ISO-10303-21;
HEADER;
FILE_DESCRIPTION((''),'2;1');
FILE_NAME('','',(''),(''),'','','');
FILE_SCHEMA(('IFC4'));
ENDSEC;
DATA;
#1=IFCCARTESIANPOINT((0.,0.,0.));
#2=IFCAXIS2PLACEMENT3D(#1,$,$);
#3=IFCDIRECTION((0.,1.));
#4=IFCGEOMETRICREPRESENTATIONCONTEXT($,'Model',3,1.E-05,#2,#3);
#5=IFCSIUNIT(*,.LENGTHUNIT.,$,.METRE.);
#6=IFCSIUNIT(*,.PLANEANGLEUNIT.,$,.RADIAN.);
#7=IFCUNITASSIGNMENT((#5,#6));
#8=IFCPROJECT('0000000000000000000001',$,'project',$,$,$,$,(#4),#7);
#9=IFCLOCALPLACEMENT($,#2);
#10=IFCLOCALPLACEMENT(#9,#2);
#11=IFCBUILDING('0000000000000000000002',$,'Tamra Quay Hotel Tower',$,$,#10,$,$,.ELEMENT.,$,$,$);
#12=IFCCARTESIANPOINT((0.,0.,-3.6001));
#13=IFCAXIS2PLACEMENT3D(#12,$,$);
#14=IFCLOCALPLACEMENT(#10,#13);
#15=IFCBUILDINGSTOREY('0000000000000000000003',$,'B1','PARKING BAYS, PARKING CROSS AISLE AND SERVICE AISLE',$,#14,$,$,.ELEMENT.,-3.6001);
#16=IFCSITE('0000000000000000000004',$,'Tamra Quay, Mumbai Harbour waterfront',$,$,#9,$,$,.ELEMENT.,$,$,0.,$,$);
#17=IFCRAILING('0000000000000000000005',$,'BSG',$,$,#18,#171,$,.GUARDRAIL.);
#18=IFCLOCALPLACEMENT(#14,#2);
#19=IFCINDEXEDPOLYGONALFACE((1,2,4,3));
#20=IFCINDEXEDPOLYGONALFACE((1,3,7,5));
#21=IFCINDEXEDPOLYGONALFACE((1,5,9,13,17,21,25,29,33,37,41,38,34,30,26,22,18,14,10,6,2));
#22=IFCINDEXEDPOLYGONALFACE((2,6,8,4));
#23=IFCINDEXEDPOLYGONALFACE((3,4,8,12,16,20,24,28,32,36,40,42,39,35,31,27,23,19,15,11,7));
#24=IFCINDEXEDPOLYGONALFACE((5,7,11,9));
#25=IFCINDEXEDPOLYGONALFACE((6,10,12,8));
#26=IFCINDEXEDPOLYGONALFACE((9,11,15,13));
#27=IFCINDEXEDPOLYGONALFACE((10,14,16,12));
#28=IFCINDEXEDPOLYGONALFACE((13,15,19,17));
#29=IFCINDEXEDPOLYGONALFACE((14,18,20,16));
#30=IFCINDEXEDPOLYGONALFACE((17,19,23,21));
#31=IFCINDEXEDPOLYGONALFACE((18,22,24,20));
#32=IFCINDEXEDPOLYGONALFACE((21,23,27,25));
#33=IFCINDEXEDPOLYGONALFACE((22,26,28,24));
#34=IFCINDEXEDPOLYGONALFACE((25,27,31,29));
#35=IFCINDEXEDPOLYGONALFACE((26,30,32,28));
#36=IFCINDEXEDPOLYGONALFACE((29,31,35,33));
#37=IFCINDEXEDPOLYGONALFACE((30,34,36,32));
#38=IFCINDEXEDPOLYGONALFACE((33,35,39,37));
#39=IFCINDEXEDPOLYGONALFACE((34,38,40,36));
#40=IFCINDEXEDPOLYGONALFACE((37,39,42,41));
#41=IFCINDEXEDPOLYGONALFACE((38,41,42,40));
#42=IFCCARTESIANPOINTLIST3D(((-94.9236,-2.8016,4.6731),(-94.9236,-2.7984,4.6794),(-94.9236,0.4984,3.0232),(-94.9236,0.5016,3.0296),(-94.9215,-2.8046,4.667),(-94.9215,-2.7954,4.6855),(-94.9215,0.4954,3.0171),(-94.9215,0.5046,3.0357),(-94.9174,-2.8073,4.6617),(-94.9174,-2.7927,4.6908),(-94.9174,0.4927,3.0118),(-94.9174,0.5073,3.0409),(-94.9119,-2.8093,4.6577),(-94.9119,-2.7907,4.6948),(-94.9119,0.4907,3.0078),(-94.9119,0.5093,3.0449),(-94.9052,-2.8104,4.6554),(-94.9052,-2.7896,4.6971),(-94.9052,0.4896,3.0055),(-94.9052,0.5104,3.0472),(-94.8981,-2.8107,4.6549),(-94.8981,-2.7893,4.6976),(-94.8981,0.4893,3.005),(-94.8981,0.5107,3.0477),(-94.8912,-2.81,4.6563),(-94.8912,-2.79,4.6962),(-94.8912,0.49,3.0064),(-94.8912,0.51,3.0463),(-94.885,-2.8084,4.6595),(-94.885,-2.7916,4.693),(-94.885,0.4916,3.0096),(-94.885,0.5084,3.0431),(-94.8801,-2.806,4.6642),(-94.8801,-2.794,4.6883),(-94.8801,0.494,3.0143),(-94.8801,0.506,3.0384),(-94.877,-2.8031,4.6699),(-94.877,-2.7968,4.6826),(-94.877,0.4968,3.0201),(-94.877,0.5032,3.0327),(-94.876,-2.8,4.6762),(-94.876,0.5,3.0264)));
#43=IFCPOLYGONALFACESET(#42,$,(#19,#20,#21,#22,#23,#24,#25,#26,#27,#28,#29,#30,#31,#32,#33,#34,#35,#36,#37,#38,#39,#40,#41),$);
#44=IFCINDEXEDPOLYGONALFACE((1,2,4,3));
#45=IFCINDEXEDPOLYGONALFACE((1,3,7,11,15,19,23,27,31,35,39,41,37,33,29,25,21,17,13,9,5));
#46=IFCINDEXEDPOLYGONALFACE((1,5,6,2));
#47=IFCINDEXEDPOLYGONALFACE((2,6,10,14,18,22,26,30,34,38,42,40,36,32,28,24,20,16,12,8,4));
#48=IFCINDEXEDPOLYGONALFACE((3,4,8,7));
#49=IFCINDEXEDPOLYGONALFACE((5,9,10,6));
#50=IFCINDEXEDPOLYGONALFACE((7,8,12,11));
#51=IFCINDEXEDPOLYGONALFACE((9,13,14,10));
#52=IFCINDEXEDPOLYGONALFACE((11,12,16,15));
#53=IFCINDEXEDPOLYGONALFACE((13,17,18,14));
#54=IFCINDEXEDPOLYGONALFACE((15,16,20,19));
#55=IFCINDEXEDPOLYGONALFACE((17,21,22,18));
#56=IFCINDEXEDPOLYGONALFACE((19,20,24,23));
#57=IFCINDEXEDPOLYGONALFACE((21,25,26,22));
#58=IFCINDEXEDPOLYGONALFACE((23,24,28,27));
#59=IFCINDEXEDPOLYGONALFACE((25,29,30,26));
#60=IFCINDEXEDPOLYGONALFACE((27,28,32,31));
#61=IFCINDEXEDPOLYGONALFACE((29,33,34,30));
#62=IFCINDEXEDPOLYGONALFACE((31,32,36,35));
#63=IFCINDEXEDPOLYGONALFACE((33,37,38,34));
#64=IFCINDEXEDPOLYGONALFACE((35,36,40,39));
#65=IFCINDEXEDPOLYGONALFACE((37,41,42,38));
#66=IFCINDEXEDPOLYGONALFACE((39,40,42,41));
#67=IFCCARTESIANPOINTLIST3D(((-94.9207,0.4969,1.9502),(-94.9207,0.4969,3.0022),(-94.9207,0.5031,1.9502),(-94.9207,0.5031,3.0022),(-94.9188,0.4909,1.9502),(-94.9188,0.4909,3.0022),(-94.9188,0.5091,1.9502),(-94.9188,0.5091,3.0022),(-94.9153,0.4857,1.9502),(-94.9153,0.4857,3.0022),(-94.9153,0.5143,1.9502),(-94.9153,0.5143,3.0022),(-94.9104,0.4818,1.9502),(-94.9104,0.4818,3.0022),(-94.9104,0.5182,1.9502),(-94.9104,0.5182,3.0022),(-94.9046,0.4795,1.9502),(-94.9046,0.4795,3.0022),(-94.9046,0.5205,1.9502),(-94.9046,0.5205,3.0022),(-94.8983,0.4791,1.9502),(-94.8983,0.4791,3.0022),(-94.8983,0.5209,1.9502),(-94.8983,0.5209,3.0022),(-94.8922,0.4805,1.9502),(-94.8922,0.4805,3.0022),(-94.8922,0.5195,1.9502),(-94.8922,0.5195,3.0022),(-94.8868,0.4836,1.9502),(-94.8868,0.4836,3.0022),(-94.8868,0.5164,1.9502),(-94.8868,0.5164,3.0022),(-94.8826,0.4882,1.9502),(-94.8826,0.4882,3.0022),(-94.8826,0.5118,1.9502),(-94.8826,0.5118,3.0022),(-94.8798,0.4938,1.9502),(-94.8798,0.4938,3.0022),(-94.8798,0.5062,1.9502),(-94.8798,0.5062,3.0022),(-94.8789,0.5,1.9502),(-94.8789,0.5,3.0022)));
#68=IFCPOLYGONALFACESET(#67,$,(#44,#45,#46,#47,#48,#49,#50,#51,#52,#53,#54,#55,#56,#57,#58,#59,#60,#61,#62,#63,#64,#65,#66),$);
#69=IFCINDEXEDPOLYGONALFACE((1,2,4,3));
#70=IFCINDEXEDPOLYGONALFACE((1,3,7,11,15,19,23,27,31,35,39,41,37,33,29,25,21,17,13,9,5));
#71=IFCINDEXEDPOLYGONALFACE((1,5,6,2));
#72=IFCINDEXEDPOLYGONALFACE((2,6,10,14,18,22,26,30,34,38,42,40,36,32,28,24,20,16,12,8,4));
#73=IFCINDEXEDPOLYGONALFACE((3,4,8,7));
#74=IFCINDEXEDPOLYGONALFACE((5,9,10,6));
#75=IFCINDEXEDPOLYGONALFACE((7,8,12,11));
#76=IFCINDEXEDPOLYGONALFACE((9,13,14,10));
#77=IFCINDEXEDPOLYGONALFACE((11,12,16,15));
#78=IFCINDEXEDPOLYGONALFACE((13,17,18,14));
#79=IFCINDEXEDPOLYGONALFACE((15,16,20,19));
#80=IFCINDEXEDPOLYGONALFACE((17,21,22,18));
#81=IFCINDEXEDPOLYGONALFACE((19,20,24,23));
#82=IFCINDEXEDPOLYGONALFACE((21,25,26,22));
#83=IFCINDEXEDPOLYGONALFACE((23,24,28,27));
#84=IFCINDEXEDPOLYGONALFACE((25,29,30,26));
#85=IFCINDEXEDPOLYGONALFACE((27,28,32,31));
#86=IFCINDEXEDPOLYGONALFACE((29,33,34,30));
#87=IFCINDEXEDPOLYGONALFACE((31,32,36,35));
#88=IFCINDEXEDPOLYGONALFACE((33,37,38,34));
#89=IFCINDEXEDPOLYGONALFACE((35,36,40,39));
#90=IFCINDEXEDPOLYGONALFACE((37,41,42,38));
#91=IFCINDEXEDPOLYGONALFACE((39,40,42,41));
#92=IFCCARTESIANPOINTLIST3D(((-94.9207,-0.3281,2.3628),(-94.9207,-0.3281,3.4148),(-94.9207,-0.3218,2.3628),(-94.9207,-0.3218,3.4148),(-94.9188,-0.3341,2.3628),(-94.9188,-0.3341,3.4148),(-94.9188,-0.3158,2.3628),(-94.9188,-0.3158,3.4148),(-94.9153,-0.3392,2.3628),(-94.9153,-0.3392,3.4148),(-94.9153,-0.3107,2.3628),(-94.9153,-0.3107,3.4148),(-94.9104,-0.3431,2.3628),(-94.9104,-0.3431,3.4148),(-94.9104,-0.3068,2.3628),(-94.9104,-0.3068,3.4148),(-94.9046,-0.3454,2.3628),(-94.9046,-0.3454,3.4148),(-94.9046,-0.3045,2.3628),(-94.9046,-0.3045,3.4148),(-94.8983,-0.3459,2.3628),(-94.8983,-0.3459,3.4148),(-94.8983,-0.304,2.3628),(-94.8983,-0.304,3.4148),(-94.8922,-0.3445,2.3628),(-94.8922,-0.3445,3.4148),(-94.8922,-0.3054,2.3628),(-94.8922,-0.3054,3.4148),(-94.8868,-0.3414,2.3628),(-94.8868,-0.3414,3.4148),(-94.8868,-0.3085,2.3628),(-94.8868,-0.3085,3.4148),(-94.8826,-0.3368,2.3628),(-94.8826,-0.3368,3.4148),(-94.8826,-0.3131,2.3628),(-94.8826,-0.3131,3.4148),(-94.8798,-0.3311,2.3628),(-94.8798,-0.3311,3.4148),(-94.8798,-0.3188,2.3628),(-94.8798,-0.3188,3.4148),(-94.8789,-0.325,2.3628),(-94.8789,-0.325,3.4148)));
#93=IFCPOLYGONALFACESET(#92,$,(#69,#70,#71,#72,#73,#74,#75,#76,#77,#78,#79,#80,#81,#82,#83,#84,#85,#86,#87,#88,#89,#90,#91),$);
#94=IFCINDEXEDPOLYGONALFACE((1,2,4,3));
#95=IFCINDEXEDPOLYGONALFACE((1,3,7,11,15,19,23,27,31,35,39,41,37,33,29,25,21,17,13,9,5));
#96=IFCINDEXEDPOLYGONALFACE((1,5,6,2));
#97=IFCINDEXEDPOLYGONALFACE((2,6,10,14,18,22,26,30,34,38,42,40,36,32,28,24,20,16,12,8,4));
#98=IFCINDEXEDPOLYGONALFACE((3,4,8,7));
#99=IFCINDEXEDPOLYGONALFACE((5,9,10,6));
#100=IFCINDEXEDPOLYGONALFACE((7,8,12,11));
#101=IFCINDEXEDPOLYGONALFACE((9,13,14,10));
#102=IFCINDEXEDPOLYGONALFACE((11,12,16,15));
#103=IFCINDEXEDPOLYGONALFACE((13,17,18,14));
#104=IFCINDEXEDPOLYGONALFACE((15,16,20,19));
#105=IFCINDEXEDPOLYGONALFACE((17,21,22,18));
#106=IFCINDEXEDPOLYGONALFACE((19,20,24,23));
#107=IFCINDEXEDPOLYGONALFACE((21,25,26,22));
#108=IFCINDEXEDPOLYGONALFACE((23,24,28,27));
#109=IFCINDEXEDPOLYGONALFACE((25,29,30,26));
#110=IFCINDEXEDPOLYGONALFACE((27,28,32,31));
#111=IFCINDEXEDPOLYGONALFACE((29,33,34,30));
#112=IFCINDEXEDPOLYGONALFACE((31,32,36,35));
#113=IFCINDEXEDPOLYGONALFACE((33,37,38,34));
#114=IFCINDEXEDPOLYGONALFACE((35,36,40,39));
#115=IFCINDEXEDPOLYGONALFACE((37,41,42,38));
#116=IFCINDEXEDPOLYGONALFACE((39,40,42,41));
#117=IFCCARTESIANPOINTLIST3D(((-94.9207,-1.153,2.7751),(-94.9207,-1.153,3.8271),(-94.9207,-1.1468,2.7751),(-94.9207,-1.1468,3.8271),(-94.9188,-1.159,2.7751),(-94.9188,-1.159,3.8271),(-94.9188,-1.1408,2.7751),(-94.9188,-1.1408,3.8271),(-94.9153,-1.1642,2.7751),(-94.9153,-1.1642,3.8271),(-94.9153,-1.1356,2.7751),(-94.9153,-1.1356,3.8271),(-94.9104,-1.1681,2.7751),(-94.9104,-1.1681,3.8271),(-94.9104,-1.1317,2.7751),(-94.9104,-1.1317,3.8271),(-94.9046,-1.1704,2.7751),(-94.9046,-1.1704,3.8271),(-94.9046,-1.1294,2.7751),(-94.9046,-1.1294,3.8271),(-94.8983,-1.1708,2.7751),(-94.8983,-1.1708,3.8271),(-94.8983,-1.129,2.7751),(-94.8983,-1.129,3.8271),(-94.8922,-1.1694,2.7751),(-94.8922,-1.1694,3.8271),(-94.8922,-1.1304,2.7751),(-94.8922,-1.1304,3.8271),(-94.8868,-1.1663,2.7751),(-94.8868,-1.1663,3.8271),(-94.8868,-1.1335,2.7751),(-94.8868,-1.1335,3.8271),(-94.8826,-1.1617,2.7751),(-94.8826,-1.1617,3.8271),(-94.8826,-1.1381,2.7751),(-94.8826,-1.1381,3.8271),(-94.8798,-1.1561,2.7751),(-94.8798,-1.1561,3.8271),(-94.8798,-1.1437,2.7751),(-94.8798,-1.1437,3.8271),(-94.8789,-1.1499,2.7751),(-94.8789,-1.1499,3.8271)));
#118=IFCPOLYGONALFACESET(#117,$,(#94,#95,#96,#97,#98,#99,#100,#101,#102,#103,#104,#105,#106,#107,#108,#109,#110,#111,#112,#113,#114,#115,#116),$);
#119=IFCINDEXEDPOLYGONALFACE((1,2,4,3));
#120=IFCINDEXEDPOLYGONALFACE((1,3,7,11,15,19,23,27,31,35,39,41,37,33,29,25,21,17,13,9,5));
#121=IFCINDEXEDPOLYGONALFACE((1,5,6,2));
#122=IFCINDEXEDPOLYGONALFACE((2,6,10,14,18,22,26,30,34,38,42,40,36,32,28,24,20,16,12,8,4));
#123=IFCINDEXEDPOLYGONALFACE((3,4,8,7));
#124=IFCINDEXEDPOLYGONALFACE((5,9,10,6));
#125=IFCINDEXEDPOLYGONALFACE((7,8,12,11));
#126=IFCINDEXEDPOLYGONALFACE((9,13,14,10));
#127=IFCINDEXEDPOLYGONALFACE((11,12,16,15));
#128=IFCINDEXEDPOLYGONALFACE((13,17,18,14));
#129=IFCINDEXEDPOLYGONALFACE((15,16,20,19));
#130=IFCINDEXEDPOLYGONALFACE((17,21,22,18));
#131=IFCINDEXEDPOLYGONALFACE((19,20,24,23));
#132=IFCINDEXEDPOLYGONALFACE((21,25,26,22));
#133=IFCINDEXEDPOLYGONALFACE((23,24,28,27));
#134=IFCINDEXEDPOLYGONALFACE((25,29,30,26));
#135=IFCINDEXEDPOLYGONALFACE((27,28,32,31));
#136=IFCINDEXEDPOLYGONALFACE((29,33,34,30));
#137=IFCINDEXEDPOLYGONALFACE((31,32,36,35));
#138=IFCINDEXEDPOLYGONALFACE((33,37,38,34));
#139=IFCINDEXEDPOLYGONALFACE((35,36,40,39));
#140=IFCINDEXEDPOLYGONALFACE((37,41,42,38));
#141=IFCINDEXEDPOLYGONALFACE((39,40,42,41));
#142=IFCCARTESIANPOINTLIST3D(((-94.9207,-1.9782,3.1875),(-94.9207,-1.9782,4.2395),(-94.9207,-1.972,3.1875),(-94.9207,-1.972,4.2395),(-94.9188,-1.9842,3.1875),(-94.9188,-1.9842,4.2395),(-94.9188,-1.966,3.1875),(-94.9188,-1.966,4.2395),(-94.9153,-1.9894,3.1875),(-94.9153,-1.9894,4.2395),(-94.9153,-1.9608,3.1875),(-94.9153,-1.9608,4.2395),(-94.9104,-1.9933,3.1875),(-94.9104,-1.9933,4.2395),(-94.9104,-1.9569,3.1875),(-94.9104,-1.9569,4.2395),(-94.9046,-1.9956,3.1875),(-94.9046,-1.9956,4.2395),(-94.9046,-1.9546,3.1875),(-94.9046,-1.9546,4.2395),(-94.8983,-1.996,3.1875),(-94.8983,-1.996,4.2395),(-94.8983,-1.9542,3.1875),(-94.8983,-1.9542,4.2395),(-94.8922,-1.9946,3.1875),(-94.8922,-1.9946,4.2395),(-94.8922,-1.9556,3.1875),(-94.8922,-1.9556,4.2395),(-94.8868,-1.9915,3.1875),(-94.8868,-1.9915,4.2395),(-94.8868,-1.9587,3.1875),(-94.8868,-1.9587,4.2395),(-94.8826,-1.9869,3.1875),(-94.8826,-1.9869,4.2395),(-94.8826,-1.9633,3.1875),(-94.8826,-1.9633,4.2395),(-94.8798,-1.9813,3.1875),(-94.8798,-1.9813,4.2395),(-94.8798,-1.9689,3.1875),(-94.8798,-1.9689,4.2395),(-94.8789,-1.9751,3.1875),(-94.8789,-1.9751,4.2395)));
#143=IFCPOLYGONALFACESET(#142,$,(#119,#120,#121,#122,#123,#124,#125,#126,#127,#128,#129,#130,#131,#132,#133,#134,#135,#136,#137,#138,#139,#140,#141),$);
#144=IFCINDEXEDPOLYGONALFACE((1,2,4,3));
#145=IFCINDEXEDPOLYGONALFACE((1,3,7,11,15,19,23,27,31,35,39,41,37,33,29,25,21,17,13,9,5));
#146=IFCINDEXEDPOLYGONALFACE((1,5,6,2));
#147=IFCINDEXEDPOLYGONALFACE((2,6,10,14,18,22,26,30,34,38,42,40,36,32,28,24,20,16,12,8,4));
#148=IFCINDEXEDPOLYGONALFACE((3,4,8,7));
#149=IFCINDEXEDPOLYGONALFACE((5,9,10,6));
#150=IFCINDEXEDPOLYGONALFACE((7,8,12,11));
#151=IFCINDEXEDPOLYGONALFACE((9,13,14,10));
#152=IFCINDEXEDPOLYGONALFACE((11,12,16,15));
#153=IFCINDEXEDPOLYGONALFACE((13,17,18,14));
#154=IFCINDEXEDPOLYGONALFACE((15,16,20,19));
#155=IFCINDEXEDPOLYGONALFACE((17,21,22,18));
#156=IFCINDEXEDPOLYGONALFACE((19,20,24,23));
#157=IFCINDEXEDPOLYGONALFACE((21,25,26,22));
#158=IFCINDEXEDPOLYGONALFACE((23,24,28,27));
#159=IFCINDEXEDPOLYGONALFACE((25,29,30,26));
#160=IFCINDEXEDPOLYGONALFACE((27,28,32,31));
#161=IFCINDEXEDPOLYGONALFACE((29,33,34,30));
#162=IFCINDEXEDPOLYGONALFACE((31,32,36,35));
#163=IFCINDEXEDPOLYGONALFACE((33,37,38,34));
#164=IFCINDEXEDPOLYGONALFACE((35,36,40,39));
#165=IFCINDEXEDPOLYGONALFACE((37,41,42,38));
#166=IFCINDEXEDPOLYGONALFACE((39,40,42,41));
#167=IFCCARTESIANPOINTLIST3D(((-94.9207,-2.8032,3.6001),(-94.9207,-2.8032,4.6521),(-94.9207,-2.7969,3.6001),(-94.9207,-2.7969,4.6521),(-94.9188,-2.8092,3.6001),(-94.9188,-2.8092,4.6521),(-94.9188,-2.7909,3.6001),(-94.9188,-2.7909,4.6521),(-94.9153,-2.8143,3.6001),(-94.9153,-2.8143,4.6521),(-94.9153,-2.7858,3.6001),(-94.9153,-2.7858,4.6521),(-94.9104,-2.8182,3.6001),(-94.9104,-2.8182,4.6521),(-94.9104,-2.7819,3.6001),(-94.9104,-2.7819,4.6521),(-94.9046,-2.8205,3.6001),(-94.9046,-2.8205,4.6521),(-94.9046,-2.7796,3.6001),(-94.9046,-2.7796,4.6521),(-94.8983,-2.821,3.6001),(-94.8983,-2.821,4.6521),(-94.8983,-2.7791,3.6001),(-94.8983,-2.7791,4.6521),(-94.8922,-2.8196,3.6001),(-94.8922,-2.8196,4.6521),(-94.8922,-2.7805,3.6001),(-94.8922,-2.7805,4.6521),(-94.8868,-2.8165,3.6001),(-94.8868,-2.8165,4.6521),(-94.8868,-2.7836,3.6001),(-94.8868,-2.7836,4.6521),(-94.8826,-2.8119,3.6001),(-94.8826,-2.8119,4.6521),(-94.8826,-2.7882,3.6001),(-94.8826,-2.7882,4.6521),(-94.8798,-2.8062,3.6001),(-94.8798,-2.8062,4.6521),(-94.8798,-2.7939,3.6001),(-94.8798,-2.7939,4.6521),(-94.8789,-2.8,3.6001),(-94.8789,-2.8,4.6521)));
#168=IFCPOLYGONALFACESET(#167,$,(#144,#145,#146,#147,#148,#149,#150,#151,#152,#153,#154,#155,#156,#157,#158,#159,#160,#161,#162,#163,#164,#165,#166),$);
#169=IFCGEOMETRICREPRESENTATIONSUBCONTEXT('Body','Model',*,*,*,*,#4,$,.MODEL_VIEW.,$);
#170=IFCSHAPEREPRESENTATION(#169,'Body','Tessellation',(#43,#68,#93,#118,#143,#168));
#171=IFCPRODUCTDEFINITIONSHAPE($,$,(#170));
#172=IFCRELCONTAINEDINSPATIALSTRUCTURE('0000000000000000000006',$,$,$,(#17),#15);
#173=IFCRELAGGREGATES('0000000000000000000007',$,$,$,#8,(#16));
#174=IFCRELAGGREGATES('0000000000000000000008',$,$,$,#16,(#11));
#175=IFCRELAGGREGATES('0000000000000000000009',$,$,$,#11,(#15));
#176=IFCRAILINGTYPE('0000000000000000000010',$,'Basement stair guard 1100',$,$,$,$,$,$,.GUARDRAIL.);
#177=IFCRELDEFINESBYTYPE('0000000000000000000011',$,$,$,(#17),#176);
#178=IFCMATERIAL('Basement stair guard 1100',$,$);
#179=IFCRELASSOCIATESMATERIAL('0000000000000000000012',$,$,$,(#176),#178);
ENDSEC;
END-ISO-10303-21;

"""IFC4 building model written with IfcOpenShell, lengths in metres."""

from ifc_helpers import new_model, si_unit, direction, frame, origin, origin_2d, place, context, subcontext, project, spatial, circle, extrude, material, type_object, element, save


model = new_model("IFC4")

# Units and contexts
model_context = context("Model", 3, precision=1e-05, world=origin(), true_north=direction((0.0, 1.0)))
body_context = subcontext(model_context, "Body", "Model", "MODEL_VIEW")
ifc_project = project(units=[si_unit("LENGTHUNIT", "METRE"), si_unit("PLANEANGLEUNIT", "RADIAN")], contexts=[model_context])

# Site, building, storey
site_placement = place(None, origin())
site = spatial("IfcSite", under=ifc_project, at=site_placement, Name="Tamra Quay, Mumbai Harbour waterfront", CompositionType="ELEMENT", RefElevation=0.0)
building_placement = place(site_placement, origin())
building = spatial("IfcBuilding", under=site, at=building_placement, Name="Tamra Quay Hotel Tower", CompositionType="ELEMENT")
storey_placement = place(building_placement, frame((0.0, 0.0, -3.6001)))
storey = spatial("IfcBuildingStorey", under=building, at=storey_placement, Name="B1", Description="PARKING BAYS, PARKING CROSS AISLE AND SERVICE AISLE", CompositionType="ELEMENT", Elevation=-3.6001)

# Railing
ifc_material_1 = material(Name="Basement stair guard 1100")
railing_type_1 = type_object("IfcRailingType", Name="Basement stair guard 1100", PredefinedType="GUARDRAIL", material=ifc_material_1)
railing_1_placement = place(storey_placement, frame((-94.8999, 0.5, 1.9502)))
element("IfcRailing", 1, at=railing_1_placement, inside=storey, type_object=railing_type_1, Name="BSG", PredefinedType="GUARDRAIL", context=body_context, shape_type="SweptSolid", body=[
    extrude(circle(Radius=0.0239, at=origin_2d()), frame((0.0, 0.0, 1.0762), z_axis=(0.0, -0.89444, 0.447187), x_axis=(1.0, 0.0, 0.0)), (0.0, 0.0, 1.0), 3.6895),
    extrude(circle(Radius=0.021, at=origin_2d()), origin(), (0.0, 0.0, 1.0), 1.052),
    extrude(circle(Radius=0.021, at=origin_2d()), frame((0.0, -0.825, 0.4126)), (0.0, 0.0, 1.0), 1.052),
    extrude(circle(Radius=0.021, at=origin_2d()), frame((0.0, -1.6499, 0.825)), (0.0, 0.0, 1.0), 1.052),
    extrude(circle(Radius=0.021, at=origin_2d()), frame((0.0, -2.4751, 1.2373)), (0.0, 0.0, 1.0), 1.052),
    extrude(circle(Radius=0.021, at=origin_2d()), frame((0.0, -3.3, 1.6499)), (0.0, 0.0, 1.0), 1.052),
])

save(model, "model.ifc")
